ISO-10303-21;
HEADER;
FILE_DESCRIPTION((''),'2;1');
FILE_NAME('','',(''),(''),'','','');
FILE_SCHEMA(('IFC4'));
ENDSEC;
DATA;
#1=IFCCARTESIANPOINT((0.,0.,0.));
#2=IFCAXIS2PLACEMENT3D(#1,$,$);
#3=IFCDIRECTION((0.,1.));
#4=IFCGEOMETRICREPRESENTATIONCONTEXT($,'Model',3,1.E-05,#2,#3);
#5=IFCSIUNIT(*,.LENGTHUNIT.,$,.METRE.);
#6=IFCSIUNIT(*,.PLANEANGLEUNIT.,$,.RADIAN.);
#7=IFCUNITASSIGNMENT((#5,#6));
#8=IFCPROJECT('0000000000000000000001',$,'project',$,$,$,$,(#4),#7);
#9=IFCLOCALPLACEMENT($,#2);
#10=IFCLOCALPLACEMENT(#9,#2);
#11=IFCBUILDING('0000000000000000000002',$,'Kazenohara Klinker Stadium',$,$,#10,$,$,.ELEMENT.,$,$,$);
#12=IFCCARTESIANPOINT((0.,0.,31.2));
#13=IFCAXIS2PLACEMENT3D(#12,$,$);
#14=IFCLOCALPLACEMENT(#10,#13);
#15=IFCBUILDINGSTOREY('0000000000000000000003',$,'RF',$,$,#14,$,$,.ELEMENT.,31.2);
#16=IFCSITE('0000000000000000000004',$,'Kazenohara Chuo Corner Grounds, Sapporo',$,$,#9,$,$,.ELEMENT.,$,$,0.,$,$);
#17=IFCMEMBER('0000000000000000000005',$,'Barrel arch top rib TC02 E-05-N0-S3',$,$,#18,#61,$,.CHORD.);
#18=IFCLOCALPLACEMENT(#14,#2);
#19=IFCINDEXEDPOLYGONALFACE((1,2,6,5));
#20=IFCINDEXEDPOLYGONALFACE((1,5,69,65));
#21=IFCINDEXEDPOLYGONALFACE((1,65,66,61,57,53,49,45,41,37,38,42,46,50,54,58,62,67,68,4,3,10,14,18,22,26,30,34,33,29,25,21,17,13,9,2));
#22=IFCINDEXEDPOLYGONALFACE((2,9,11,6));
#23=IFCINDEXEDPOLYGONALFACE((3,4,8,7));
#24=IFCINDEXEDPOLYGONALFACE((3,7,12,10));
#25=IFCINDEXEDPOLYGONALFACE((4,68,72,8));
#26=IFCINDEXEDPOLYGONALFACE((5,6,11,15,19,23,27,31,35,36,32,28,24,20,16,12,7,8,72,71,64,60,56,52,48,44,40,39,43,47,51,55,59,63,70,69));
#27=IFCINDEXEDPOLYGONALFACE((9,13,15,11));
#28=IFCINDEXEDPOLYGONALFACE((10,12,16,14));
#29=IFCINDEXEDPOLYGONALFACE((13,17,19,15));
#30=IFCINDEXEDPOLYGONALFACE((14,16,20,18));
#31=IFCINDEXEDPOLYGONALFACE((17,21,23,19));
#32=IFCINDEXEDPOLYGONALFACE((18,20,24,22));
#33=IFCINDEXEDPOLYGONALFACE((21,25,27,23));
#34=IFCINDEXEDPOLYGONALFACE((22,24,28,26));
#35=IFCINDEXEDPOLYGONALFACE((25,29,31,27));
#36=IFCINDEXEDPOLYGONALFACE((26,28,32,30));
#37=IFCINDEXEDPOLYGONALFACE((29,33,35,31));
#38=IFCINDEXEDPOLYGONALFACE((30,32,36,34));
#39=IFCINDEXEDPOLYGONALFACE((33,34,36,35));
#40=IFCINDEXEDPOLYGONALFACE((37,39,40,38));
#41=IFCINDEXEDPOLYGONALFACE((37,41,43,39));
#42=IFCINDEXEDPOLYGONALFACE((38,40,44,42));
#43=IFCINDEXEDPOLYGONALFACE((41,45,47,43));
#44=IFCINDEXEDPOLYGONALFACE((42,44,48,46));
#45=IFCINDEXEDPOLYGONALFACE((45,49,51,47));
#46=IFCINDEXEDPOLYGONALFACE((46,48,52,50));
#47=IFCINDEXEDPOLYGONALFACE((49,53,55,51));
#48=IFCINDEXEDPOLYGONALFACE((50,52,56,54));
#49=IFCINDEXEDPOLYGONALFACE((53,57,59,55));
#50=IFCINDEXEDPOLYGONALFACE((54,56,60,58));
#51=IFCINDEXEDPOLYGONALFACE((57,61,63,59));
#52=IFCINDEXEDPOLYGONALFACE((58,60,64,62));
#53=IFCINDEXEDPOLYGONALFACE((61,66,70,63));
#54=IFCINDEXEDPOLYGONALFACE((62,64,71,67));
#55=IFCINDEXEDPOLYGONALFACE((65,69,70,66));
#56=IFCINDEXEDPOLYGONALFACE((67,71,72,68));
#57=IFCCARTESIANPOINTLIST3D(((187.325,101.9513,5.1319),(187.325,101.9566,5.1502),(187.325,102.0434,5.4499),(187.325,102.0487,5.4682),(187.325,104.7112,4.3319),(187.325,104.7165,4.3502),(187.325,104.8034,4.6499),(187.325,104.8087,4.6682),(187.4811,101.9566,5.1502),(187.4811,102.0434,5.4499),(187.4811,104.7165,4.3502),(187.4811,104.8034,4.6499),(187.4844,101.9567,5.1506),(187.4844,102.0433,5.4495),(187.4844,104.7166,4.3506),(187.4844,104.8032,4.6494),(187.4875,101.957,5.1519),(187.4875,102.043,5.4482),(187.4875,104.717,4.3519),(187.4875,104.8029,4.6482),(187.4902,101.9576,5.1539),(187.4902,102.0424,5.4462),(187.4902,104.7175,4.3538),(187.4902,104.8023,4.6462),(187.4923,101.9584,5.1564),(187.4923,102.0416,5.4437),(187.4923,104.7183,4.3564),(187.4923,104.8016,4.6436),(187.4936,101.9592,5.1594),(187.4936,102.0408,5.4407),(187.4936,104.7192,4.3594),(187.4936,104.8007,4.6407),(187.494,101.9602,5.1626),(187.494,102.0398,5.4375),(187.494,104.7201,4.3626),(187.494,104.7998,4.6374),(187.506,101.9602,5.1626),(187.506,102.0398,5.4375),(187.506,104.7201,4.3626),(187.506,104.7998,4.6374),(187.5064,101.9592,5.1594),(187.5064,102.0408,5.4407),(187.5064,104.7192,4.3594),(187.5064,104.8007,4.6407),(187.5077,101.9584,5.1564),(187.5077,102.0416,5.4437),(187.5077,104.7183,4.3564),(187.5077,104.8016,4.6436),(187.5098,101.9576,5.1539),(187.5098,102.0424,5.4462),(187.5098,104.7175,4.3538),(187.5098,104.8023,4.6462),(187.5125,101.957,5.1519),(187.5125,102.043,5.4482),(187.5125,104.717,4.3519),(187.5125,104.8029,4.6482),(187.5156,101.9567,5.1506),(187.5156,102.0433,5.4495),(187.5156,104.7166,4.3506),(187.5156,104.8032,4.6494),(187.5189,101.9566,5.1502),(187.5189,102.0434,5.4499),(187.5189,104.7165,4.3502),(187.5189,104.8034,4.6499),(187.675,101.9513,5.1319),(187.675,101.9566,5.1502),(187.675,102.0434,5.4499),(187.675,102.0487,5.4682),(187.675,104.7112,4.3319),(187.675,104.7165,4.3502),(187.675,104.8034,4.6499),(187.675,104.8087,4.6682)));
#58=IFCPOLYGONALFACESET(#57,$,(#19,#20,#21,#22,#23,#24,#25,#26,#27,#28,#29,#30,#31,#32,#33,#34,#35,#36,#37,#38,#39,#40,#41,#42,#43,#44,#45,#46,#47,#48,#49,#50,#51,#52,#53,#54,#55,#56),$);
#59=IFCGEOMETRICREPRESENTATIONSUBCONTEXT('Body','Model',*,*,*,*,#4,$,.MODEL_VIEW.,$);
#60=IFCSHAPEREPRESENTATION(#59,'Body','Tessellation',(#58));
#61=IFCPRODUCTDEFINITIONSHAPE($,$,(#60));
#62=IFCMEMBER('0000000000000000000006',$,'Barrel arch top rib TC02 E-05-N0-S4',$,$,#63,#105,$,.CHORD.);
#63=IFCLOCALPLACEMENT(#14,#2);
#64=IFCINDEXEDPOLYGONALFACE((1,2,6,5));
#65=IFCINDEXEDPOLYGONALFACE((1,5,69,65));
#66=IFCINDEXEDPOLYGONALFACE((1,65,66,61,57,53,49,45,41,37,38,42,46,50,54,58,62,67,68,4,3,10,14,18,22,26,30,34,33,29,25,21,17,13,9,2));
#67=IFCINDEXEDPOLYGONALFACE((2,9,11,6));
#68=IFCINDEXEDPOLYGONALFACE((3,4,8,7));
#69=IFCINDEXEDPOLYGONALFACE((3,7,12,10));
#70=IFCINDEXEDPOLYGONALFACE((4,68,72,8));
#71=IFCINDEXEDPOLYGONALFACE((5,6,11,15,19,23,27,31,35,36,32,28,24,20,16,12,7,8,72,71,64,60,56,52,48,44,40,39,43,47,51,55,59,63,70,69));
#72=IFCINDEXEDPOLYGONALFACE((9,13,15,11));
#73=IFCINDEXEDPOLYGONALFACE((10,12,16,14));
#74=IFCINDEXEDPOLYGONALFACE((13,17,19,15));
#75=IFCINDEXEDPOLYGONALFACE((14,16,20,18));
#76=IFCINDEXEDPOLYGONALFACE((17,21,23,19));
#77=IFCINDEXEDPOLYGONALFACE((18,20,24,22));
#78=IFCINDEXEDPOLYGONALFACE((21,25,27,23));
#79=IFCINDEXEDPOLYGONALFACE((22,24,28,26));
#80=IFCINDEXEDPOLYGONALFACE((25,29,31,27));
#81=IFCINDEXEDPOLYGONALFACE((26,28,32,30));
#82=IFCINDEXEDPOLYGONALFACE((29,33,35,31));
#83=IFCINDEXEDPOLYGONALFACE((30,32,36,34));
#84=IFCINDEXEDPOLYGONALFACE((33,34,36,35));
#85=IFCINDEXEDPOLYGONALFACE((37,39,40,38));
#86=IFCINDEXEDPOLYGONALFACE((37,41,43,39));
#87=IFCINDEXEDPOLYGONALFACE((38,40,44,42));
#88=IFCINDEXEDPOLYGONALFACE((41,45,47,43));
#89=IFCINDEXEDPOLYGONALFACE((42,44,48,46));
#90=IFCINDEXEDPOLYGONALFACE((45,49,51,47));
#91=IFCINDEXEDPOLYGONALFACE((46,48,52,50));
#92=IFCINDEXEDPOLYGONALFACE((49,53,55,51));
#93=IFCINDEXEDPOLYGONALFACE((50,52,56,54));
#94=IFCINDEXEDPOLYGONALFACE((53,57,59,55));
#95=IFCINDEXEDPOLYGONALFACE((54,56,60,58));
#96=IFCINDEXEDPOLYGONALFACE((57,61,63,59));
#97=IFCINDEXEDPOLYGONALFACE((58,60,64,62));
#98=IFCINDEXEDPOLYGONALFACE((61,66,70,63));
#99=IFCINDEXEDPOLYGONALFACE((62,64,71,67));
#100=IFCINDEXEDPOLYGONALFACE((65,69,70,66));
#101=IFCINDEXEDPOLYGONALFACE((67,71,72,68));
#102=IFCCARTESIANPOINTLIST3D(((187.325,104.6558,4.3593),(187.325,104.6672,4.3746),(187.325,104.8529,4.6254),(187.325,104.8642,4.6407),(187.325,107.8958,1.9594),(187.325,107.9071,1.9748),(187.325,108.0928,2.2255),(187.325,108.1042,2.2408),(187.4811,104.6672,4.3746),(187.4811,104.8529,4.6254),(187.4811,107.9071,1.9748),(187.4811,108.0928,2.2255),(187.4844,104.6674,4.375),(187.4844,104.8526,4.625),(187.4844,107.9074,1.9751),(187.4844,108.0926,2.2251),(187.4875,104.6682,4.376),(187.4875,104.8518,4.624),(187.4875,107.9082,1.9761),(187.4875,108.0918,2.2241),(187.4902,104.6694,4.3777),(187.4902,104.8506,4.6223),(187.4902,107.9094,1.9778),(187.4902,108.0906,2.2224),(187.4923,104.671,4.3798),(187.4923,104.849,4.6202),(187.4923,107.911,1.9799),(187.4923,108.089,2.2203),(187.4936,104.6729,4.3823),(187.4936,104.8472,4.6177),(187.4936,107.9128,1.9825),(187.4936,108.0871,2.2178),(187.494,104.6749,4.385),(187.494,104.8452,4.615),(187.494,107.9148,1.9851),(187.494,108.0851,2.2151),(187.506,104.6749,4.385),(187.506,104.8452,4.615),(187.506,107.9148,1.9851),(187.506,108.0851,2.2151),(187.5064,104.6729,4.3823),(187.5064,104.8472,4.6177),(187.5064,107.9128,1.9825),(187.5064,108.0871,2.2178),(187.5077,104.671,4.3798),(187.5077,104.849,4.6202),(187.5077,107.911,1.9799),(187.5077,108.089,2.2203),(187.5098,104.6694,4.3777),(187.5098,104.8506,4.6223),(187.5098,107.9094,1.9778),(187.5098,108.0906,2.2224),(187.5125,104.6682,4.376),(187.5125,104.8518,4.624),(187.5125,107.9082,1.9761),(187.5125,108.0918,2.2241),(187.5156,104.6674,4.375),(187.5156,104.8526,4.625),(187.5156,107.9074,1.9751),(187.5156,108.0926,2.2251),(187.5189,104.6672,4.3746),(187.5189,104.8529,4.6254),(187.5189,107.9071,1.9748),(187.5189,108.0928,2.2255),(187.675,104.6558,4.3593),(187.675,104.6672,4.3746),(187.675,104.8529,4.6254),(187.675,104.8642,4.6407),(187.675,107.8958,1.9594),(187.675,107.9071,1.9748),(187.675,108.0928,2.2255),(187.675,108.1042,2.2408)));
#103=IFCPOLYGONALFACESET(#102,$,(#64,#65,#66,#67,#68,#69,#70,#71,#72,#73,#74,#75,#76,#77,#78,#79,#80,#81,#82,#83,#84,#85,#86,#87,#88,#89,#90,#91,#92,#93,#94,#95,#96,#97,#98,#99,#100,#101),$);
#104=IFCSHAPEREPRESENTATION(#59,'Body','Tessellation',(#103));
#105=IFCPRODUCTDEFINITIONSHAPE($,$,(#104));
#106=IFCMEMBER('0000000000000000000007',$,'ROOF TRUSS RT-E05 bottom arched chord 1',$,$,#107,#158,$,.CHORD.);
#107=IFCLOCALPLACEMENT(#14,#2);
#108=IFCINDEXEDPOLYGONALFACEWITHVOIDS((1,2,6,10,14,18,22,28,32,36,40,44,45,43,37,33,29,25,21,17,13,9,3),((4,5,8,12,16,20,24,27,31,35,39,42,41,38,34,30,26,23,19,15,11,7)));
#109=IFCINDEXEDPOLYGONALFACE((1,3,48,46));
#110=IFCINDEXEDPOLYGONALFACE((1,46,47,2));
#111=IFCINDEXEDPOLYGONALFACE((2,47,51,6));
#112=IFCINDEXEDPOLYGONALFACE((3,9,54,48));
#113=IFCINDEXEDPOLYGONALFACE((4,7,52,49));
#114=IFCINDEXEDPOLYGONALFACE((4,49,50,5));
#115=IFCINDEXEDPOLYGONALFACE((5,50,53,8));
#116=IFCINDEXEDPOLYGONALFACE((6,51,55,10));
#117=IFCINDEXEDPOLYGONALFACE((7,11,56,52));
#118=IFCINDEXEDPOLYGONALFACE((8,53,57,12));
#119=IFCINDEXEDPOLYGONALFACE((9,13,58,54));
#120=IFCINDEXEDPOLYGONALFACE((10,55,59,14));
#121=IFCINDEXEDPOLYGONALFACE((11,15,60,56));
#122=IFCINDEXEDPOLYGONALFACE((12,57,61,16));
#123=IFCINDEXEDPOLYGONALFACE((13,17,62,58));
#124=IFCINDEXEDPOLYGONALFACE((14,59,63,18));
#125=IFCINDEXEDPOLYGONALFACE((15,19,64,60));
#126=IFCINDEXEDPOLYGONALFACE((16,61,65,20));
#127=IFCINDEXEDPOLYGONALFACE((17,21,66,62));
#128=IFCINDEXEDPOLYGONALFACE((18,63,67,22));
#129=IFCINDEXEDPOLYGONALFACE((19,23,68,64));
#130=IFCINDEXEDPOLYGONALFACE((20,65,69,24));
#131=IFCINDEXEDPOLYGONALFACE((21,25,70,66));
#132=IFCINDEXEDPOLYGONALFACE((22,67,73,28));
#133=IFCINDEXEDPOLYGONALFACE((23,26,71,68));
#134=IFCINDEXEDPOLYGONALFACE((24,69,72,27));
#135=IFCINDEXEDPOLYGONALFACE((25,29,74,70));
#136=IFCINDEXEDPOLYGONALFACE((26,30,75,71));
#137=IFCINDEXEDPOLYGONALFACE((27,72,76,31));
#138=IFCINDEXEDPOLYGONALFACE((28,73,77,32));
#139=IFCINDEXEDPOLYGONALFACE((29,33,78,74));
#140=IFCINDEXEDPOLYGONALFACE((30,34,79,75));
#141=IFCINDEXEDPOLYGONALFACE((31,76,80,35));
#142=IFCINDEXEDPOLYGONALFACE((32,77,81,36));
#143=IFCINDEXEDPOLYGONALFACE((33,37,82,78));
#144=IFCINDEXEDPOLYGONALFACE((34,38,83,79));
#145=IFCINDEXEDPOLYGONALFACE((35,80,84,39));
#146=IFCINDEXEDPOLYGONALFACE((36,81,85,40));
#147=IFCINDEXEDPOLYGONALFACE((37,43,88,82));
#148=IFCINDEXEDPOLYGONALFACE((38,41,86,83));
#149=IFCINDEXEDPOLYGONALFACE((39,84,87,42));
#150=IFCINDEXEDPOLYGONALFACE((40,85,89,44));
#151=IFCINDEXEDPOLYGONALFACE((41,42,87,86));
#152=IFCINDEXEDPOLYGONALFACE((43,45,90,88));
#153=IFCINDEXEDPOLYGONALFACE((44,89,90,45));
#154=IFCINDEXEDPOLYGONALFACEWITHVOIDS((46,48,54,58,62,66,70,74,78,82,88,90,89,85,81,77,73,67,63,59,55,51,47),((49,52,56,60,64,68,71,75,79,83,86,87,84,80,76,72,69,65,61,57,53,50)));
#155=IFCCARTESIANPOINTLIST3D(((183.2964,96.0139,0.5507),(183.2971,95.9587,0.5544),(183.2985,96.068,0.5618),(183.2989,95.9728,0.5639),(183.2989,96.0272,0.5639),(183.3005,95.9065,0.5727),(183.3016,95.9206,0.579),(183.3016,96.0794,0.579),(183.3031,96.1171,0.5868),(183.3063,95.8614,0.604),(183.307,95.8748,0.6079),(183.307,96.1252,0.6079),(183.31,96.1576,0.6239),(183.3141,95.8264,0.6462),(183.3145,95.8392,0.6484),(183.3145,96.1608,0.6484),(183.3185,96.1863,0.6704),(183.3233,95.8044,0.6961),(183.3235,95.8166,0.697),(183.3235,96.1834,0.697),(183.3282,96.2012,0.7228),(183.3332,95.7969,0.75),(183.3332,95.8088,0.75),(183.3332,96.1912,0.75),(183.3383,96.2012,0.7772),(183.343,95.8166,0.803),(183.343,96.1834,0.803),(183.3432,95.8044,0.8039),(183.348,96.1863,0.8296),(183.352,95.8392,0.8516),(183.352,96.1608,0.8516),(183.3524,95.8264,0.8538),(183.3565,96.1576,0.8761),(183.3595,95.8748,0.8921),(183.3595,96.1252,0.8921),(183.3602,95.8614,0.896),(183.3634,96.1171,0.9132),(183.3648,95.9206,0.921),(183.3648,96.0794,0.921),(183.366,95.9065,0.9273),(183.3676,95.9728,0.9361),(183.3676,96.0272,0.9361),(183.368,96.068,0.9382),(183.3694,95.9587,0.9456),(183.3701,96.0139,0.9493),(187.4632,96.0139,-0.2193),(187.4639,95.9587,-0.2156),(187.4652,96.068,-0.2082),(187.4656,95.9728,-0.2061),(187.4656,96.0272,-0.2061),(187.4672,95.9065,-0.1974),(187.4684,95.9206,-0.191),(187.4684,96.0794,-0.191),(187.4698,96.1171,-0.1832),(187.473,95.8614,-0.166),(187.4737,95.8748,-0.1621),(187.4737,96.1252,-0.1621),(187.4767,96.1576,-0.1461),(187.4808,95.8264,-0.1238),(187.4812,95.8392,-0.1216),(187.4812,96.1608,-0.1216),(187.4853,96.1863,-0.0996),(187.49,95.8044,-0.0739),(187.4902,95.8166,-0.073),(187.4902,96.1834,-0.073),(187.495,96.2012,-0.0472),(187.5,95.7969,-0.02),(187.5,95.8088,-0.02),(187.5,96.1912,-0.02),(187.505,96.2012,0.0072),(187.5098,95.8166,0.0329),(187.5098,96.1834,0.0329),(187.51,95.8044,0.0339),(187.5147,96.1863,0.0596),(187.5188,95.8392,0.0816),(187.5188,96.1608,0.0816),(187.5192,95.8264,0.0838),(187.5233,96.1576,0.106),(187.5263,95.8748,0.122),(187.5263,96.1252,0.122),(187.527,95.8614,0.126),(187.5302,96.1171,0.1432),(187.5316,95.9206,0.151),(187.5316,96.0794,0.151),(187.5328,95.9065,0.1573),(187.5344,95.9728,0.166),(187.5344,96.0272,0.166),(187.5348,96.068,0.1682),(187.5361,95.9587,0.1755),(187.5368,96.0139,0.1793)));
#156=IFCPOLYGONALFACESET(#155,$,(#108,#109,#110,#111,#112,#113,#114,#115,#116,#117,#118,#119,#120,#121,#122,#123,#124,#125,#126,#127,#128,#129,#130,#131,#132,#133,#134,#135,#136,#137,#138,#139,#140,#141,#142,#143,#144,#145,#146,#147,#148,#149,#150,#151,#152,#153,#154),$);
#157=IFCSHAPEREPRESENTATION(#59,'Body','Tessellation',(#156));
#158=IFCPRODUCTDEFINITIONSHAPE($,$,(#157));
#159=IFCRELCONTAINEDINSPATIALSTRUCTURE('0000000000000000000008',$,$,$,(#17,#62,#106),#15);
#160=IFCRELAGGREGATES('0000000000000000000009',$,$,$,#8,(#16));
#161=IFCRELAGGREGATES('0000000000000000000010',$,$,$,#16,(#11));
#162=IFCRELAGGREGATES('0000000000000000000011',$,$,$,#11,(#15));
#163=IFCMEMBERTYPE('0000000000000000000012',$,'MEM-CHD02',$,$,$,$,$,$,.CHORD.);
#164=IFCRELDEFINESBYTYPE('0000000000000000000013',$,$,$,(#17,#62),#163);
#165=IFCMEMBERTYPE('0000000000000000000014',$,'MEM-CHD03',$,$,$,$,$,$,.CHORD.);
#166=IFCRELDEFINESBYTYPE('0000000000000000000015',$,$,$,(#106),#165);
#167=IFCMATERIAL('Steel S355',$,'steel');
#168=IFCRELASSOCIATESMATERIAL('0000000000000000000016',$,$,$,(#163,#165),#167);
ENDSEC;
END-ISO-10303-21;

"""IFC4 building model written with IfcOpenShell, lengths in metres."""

from ifc_helpers import new_model, si_unit, direction, frame, origin, origin_2d, place, context, subcontext, project, spatial, hollow_circle, i_section, extrude, material, material_profile, profile_set, type_object, element, save


model = new_model("IFC4")

# Units and contexts
model_context = context("Model", 3, precision=1e-05, world=origin(), true_north=direction((0.0, 1.0)))
body_context = subcontext(model_context, "Body", "Model", "MODEL_VIEW")
ifc_project = project(units=[si_unit("LENGTHUNIT", "METRE"), si_unit("PLANEANGLEUNIT", "RADIAN")], contexts=[model_context])

# Site, building, storey
site_placement = place(None, origin())
site = spatial("IfcSite", under=ifc_project, at=site_placement, Name="Kazenohara Chuo Corner Grounds, Sapporo", CompositionType="ELEMENT", RefElevation=0.0)
building_placement = place(site_placement, origin())
building = spatial("IfcBuilding", under=site, at=building_placement, Name="Kazenohara Klinker Stadium", CompositionType="ELEMENT")
storey_placement = place(building_placement, frame((0.0, 0.0, 31.2)))
storey = spatial("IfcBuildingStorey", under=building, at=storey_placement, Name="RF", CompositionType="ELEMENT", Elevation=31.2)

# Members
ifc_material_1 = material(Name="Steel S355", Category="steel")
ifc_material_profile_1 = material_profile(ifc_material_1, i_section(OverallWidth=0.3501, OverallDepth=0.3501, WebThickness=0.012, FlangeThickness=0.019, FilletRadius=0.0129, at=origin_2d()), Name="H-350x350x12x19")
ifc_profile_set_1 = profile_set([ifc_material_profile_1], Name="Steel S355")
member_type_1 = type_object("IfcMemberType", Name="MEM-CHD02", PredefinedType="CHORD", material=ifc_profile_set_1)
for number, where, z_axis, x_axis, name in (
    (1, (187.5, 102.0, 5.3), (0.0, 0.960462, -0.278411), (-1.0, 0.0, 0.0), "Barrel arch top rib TC02 E-05-N0-S3"),
):
    element("IfcMember", number, at=place(storey_placement, frame(where, z_axis=z_axis, x_axis=x_axis)), inside=storey, type_object=member_type_1, Name=name, PredefinedType="CHORD", context=body_context, shape_type="SweptSolid", body=[
        extrude(i_section(OverallWidth=0.3501, OverallDepth=0.3501, WebThickness=0.012, FlangeThickness=0.019, FilletRadius=0.0129, at=origin_2d()), origin(), (0.0, 0.0, 1.0), 2.8735),
    ])
member_1_placement = place(storey_placement, frame((187.5, 104.76, 4.5), z_axis=(0.0, 0.803568, -0.595213), x_axis=(-1.0, 0.0, 0.0)))
element("IfcMember", 2, at=member_1_placement, inside=storey, type_object=member_type_1, Name="Barrel arch top rib TC02 E-05-N0-S4", PredefinedType="CHORD", context=body_context, shape_type="SweptSolid", body=[
    extrude(i_section(OverallWidth=0.3501, OverallDepth=0.3501, WebThickness=0.012, FlangeThickness=0.019, FilletRadius=0.0129, at=origin_2d()), origin(), (0.0, 0.0, 1.0), 4.032),
])
ifc_material_profile_2 = material_profile(ifc_material_1, hollow_circle(Radius=0.2031, WallThickness=0.012, at=origin_2d()), Name="CHS-406.4x12")
ifc_profile_set_2 = profile_set([ifc_material_profile_2], Name="Steel S355")
member_type_2 = type_object("IfcMemberType", Name="MEM-CHD03", PredefinedType="CHORD", material=ifc_profile_set_2)
member_2_placement = place(storey_placement, frame((187.5, 96.0, -0.02), z_axis=(-0.98335, 0.0, 0.181724), x_axis=(0.0, -1.0, 0.0)))
element("IfcMember", 3, at=member_2_placement, inside=storey, type_object=member_type_2, Name="ROOF TRUSS RT-E05 bottom arched chord 1", PredefinedType="CHORD", context=body_context, shape_type="SweptSolid", body=[
    extrude(hollow_circle(Radius=0.2031, WallThickness=0.012, at=origin_2d()), origin(), (0.0, 0.0, 1.0), 4.2373),
])

save(model, "model.ifc")
